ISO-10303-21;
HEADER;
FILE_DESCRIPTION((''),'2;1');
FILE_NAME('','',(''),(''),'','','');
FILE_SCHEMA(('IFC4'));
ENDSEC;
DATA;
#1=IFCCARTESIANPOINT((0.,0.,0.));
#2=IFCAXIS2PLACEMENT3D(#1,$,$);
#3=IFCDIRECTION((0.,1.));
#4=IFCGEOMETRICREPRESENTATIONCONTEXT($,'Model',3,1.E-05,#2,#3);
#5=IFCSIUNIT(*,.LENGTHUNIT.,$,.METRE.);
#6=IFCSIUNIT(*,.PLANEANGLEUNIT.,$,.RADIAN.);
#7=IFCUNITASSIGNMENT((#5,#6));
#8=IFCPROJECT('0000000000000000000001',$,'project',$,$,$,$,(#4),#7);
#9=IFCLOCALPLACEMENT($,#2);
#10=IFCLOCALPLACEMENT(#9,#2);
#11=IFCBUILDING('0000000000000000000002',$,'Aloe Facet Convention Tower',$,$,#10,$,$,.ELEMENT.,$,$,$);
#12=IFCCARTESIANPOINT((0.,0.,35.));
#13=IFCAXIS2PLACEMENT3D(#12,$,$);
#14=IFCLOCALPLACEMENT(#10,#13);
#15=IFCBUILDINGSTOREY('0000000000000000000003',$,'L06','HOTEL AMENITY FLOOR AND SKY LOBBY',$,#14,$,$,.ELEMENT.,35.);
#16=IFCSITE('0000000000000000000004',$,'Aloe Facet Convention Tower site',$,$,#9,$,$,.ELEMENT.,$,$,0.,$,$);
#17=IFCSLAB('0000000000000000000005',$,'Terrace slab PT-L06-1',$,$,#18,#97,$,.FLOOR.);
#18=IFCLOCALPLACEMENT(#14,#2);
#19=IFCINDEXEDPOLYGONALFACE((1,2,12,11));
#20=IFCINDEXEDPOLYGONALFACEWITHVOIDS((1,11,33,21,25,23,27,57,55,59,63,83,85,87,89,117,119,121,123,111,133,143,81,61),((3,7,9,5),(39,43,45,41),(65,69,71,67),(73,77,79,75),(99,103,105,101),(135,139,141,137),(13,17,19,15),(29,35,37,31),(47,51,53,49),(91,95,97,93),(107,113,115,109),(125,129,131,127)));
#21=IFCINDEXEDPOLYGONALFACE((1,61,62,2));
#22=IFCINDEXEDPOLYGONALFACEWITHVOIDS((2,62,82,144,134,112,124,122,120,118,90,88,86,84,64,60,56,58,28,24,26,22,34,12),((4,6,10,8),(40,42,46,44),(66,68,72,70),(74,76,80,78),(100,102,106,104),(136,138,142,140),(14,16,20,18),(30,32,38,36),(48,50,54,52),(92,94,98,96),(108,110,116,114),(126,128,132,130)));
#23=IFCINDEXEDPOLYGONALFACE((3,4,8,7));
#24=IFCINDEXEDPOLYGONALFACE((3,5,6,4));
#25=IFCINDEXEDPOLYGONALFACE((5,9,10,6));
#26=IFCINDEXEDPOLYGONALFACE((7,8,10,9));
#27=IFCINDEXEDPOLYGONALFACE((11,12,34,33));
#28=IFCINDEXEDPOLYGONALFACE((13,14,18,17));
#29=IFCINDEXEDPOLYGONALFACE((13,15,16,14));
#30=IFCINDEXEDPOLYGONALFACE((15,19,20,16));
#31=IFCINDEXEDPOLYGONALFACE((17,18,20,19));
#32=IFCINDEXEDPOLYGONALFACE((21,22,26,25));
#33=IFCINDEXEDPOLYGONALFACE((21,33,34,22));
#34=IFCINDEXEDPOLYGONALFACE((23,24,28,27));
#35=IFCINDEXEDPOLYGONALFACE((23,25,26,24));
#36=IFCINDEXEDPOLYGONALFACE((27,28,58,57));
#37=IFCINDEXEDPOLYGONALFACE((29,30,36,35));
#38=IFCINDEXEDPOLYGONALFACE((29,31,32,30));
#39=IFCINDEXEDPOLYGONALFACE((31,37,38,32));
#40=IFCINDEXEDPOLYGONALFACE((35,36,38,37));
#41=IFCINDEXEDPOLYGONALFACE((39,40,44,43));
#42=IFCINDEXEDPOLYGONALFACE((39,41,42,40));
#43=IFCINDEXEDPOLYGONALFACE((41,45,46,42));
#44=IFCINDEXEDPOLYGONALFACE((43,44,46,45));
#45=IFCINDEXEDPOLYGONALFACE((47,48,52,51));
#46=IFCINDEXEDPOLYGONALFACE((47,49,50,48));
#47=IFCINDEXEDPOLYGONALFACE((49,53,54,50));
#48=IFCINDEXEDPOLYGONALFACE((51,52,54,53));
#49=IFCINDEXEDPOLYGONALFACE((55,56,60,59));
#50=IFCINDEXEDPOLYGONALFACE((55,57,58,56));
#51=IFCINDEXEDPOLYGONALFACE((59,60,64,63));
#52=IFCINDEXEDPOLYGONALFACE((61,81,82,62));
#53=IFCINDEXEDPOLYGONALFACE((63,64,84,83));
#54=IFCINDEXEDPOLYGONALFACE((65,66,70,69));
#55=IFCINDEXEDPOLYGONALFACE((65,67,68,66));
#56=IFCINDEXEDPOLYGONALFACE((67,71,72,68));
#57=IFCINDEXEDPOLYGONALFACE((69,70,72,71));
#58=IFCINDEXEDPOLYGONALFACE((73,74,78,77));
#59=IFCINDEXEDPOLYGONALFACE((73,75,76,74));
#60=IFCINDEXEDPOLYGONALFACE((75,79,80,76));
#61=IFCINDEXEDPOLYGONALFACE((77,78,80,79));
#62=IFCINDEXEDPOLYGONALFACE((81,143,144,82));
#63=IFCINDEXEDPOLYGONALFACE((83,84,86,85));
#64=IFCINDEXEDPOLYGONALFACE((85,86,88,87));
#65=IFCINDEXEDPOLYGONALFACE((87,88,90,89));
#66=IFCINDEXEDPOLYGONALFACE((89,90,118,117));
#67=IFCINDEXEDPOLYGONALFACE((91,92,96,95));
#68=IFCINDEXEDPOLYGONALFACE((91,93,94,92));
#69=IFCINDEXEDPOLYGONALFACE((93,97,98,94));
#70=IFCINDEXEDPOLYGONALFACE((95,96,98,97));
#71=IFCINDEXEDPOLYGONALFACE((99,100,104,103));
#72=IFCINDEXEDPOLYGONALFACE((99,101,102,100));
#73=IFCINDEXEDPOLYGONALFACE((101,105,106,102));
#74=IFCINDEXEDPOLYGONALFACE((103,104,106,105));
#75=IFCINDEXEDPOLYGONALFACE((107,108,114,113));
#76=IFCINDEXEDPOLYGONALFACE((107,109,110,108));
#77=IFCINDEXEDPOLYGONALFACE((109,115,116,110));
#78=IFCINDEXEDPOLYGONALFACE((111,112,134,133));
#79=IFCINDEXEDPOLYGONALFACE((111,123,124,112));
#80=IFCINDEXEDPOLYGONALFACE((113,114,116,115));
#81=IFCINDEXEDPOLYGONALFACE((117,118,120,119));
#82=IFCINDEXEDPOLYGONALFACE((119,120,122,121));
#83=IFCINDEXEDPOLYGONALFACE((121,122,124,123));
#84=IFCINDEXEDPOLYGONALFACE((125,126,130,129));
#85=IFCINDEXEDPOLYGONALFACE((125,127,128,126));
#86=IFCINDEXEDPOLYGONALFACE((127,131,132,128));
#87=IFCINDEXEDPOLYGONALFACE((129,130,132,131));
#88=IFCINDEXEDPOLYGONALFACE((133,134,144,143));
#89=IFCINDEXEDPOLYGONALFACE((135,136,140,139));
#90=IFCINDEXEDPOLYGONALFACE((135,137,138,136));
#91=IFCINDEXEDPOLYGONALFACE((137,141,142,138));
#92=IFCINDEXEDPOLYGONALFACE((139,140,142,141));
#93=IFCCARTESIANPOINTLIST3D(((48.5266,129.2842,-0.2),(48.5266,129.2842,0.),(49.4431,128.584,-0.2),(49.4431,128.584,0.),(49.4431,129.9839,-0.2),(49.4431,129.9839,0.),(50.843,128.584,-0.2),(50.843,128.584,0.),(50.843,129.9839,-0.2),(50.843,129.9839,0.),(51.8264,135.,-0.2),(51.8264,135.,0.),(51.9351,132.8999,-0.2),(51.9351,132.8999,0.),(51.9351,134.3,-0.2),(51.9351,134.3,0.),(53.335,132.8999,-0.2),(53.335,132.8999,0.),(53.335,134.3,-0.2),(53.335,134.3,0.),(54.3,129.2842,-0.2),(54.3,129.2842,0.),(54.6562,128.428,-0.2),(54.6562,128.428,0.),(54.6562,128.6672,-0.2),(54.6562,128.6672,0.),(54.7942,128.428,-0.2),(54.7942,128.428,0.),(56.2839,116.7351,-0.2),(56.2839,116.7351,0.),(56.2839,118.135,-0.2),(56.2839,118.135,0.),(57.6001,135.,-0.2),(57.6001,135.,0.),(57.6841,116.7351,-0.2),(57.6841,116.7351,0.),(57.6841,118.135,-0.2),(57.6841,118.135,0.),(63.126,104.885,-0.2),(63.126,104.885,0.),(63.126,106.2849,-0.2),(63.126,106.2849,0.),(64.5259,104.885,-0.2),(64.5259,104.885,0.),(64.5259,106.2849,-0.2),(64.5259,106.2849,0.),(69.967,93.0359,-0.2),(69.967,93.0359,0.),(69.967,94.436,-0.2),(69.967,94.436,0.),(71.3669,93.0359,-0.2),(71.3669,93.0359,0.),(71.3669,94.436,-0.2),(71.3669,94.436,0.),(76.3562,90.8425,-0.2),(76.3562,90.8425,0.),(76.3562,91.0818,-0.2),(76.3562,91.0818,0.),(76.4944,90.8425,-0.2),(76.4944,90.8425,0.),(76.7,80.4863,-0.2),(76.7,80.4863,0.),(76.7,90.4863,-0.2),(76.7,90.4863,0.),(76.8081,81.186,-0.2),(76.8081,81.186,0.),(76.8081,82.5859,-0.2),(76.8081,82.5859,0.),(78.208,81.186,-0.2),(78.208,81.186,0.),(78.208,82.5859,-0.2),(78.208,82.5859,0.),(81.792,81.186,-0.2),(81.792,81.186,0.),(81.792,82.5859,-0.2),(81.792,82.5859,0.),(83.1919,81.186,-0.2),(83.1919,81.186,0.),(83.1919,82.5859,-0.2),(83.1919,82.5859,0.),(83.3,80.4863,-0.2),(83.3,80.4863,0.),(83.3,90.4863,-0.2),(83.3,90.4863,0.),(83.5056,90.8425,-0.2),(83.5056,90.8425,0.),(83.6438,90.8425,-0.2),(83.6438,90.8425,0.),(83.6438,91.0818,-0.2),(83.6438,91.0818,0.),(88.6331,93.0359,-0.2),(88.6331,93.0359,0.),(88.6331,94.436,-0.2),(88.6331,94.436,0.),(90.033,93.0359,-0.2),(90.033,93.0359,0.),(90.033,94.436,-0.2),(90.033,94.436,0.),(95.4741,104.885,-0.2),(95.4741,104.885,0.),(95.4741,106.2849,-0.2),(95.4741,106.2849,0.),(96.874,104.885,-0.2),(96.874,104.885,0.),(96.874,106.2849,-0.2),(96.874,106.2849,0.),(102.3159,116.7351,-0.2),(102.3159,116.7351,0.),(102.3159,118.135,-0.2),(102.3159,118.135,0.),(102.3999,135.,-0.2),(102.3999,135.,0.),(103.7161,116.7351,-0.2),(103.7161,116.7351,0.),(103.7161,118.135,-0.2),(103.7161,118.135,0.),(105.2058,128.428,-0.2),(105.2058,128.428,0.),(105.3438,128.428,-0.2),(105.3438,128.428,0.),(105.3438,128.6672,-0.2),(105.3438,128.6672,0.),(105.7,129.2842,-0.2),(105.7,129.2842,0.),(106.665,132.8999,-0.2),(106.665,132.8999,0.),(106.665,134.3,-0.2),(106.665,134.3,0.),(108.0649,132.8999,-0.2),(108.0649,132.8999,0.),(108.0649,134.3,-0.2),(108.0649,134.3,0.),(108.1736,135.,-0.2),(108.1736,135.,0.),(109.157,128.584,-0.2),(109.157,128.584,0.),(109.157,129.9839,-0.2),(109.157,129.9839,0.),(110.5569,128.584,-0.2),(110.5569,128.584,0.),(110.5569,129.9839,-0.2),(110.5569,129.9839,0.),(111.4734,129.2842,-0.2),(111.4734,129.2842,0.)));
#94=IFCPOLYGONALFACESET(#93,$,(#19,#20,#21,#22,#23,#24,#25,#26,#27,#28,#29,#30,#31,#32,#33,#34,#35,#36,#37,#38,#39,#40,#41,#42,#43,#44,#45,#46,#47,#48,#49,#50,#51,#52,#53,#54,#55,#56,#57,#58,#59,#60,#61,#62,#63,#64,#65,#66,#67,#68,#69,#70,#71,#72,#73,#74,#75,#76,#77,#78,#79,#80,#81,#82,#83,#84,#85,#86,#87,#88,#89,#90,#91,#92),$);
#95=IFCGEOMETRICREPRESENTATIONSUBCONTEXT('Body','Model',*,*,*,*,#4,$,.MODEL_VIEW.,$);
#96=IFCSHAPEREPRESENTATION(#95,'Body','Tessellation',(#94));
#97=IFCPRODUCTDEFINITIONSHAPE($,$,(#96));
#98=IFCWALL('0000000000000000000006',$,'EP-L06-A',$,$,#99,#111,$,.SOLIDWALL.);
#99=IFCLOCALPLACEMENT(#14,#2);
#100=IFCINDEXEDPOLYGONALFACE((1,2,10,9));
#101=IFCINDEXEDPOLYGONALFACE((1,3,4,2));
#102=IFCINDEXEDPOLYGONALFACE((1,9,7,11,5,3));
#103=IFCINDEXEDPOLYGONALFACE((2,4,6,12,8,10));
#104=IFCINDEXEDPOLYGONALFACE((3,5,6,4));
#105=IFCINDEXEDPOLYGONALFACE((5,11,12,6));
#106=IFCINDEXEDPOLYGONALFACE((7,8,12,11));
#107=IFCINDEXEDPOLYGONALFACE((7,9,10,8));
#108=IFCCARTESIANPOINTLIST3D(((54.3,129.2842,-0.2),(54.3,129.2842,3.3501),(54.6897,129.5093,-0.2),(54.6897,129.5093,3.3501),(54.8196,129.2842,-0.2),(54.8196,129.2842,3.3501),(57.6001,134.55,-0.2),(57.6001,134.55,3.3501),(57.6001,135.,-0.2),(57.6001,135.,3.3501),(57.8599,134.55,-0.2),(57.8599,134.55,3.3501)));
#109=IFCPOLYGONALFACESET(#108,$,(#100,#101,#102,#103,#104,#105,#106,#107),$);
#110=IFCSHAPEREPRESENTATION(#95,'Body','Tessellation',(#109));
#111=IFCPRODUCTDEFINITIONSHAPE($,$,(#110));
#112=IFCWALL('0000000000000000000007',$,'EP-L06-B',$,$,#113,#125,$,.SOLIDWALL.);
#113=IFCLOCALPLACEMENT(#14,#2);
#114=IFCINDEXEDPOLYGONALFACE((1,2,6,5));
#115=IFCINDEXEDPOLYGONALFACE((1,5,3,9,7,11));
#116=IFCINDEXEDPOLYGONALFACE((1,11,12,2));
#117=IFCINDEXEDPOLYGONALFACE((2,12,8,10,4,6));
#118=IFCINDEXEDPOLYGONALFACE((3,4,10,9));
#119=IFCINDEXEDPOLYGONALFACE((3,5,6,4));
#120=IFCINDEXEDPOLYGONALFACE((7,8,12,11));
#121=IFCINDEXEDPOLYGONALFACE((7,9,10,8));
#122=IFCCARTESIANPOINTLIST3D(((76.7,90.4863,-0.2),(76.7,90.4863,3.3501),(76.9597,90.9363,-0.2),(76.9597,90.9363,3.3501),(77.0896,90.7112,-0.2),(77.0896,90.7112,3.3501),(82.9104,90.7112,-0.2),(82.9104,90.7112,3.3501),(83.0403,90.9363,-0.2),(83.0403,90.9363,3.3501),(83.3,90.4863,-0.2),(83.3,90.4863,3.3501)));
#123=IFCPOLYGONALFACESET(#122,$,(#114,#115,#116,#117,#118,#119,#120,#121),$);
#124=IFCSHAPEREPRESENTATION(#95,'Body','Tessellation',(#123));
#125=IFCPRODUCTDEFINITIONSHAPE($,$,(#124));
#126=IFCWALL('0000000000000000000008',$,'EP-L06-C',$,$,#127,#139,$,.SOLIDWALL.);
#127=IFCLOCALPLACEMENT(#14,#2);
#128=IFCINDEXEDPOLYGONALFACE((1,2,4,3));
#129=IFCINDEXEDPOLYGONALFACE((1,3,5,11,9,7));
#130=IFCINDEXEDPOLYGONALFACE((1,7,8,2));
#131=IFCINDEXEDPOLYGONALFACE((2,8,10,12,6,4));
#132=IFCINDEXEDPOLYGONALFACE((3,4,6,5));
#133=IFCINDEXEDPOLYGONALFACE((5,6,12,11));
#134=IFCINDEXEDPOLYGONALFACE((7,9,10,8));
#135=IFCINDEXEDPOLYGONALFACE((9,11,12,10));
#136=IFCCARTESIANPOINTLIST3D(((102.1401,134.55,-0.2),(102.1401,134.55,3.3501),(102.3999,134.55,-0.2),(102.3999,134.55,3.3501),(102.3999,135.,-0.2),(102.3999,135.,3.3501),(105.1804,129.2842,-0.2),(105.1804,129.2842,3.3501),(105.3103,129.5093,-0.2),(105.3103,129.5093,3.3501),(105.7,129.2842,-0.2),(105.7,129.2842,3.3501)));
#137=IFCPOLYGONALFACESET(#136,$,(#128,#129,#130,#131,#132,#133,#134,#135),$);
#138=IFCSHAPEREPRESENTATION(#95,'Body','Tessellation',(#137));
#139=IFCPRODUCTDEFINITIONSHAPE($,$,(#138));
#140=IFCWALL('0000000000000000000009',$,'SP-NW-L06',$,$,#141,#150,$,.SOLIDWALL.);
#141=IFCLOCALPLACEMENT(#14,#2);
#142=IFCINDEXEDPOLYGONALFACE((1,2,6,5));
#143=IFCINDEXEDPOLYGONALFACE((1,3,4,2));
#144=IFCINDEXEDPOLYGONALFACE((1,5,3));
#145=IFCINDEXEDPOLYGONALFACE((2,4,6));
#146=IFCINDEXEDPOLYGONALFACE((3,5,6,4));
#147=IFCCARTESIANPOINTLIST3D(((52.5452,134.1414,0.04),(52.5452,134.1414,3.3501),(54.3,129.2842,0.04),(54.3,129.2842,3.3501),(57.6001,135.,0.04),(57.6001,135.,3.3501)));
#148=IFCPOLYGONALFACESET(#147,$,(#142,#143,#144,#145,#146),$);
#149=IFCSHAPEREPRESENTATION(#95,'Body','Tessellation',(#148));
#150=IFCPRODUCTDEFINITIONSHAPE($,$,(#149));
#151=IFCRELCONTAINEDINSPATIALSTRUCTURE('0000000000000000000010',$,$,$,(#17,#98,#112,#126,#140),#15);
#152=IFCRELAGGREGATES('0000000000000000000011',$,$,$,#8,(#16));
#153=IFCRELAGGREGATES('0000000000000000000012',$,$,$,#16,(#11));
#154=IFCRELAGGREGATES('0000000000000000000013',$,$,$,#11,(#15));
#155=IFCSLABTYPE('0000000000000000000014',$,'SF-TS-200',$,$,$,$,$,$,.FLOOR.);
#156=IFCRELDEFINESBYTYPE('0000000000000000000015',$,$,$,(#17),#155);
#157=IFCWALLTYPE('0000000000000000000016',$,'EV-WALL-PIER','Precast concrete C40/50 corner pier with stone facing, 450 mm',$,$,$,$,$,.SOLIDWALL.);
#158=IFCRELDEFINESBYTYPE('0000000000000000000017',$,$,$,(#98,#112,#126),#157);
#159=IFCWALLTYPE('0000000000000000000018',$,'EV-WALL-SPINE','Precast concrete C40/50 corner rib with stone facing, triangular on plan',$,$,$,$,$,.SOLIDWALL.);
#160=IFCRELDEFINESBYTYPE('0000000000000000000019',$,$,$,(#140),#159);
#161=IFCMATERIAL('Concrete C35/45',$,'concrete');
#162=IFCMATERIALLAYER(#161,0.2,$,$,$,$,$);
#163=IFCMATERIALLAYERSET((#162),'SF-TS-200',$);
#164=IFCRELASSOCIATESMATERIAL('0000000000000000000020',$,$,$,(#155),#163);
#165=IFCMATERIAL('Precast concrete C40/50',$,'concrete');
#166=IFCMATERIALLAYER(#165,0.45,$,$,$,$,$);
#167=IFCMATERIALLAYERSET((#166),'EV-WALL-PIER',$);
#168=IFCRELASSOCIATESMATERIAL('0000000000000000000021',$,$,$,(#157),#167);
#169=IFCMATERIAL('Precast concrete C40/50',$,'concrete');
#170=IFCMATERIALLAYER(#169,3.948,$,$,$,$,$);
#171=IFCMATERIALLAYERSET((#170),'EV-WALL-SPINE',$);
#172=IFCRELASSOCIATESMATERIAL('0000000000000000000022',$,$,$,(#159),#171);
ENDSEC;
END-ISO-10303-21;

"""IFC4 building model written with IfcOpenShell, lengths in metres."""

from ifc_helpers import new_model, si_unit, direction, frame, origin, place, context, subcontext, project, spatial, polyline, outline, extrude, material, layer, layer_set, type_object, element, save


model = new_model("IFC4")

# Units and contexts
model_context = context("Model", 3, precision=1e-05, world=origin(), true_north=direction((0.0, 1.0)))
body_context = subcontext(model_context, "Body", "Model", "MODEL_VIEW")
ifc_project = project(units=[si_unit("LENGTHUNIT", "METRE"), si_unit("PLANEANGLEUNIT", "RADIAN")], contexts=[model_context])

# Site, building, storey
site_placement = place(None, origin())
site = spatial("IfcSite", under=ifc_project, at=site_placement, Name="Aloe Facet Convention Tower site", CompositionType="ELEMENT", RefElevation=0.0)
building_placement = place(site_placement, origin())
building = spatial("IfcBuilding", under=site, at=building_placement, Name="Aloe Facet Convention Tower", CompositionType="ELEMENT")
storey_placement = place(building_placement, frame((0.0, 0.0, 35.0)))
storey = spatial("IfcBuildingStorey", under=building, at=storey_placement, Name="L06", Description="HOTEL AMENITY FLOOR AND SKY LOBBY", CompositionType="ELEMENT", Elevation=35.0)

# Slab
ifc_material_1 = material(Name="Concrete C35/45", Category="concrete")
ifc_layer_1 = layer(ifc_material_1, 0.2)
ifc_layer_set_1 = layer_set([ifc_layer_1], Name="SF-TS-200")
slab_type_1 = type_object("IfcSlabType", Name="SF-TS-200", PredefinedType="FLOOR", material=ifc_layer_set_1)
slab_1_placement = place(storey_placement, frame((0.0, 0.0, -0.2)))
element("IfcSlab", 1, at=slab_1_placement, inside=storey, type_object=slab_type_1, Name="Terrace slab PT-L06-1", PredefinedType="FLOOR", context=body_context, shape_type="SweptSolid", body=[
    extrude(outline(polyline([(111.4734, 129.2842), (83.3, 80.4863), (76.7, 80.4863), (48.5266, 129.2842), (51.8264, 135.0), (57.6001, 135.0), (54.3, 129.2842), (54.6562, 128.6672), (54.6562, 128.428), (54.7942, 128.428), (76.3562, 91.0818), (76.3562, 90.8425), (76.4944, 90.8425), (76.7, 90.4863), (83.3, 90.4863), (83.5056, 90.8425), (83.6438, 90.8425), (83.6438, 91.0818), (105.2058, 128.428), (105.3438, 128.428), (105.3438, 128.6672), (105.7, 129.2842), (102.3999, 135.0), (108.1736, 135.0), (111.4734, 129.2842)]), holes=[polyline([(78.208, 82.5859), (76.8081, 82.5859), (76.8081, 81.186), (78.208, 81.186), (78.208, 82.5859)]), polyline([(71.3669, 94.436), (69.967, 94.436), (69.967, 93.0359), (71.3669, 93.0359), (71.3669, 94.436)]), polyline([(64.5259, 104.885), (64.5259, 106.2849), (63.126, 106.2849), (63.126, 104.885), (64.5259, 104.885)]), polyline([(57.6841, 116.7351), (57.6841, 118.135), (56.2839, 118.135), (56.2839, 116.7351), (57.6841, 116.7351)]), polyline([(50.843, 128.584), (50.843, 129.9839), (49.4431, 129.9839), (49.4431, 128.584), (50.843, 128.584)]), polyline([(53.335, 132.8999), (53.335, 134.3), (51.9351, 134.3), (51.9351, 132.8999), (53.335, 132.8999)]), polyline([(83.1919, 81.186), (83.1919, 82.5859), (81.792, 82.5859), (81.792, 81.186), (83.1919, 81.186)]), polyline([(90.033, 94.436), (88.6331, 94.436), (88.6331, 93.0359), (90.033, 93.0359), (90.033, 94.436)]), polyline([(96.874, 104.885), (96.874, 106.2849), (95.4741, 106.2849), (95.4741, 104.885), (96.874, 104.885)]), polyline([(103.7161, 116.7351), (103.7161, 118.135), (102.3159, 118.135), (102.3159, 116.7351), (103.7161, 116.7351)]), polyline([(110.5569, 129.9839), (109.157, 129.9839), (109.157, 128.584), (110.5569, 128.584), (110.5569, 129.9839)]), polyline([(108.0649, 132.8999), (108.0649, 134.3), (106.665, 134.3), (106.665, 132.8999), (108.0649, 132.8999)])]), origin(), (0.0, 0.0, 1.0), 0.2),
])

# Walls
ifc_material_2 = material(Name="Precast concrete C40/50", Category="concrete")
ifc_layer_2 = layer(ifc_material_2, 0.45)
ifc_layer_set_2 = layer_set([ifc_layer_2], Name="EV-WALL-PIER")
wall_type_1 = type_object("IfcWallType", Name="EV-WALL-PIER", Description="Precast concrete C40/50 corner pier with stone facing, 450 mm", PredefinedType="SOLIDWALL", material=ifc_layer_set_2)
wall_1_placement = place(storey_placement, frame((0.0, 0.0, -0.2)))
element("IfcWall", 2, at=wall_1_placement, inside=storey, type_object=wall_type_1, Name="EP-L06-A", PredefinedType="SOLIDWALL", context=body_context, shape_type="SweptSolid", body=[
    extrude(outline(polyline([(57.6001, 135.0), (57.6001, 134.55), (57.8599, 134.55), (54.8196, 129.2842), (54.6897, 129.5093), (54.3, 129.2842), (57.6001, 135.0)])), origin(), (0.0, 0.0, 1.0), 3.55),
])
wall_2_placement = place(storey_placement, frame((0.0, 0.0, -0.2)))
element("IfcWall", 3, at=wall_2_placement, inside=storey, type_object=wall_type_1, Name="EP-L06-B", PredefinedType="SOLIDWALL", context=body_context, shape_type="SweptSolid", body=[
    extrude(outline(polyline([(76.7, 90.4863), (77.0896, 90.7112), (76.9597, 90.9363), (83.0403, 90.9363), (82.9104, 90.7112), (83.3, 90.4863), (76.7, 90.4863)])), origin(), (0.0, 0.0, 1.0), 3.55),
])
wall_3_placement = place(storey_placement, frame((0.0, 0.0, -0.2)))
element("IfcWall", 4, at=wall_3_placement, inside=storey, type_object=wall_type_1, Name="EP-L06-C", PredefinedType="SOLIDWALL", context=body_context, shape_type="SweptSolid", body=[
    extrude(outline(polyline([(105.7, 129.2842), (105.3103, 129.5093), (105.1804, 129.2842), (102.1401, 134.55), (102.3999, 134.55), (102.3999, 135.0), (105.7, 129.2842)])), origin(), (0.0, 0.0, 1.0), 3.55),
])
ifc_material_3 = material(Name="Precast concrete C40/50", Category="concrete")
ifc_layer_3 = layer(ifc_material_3, 3.948)
ifc_layer_set_3 = layer_set([ifc_layer_3], Name="EV-WALL-SPINE")
wall_type_2 = type_object("IfcWallType", Name="EV-WALL-SPINE", Description="Precast concrete C40/50 corner rib with stone facing, triangular on plan", PredefinedType="SOLIDWALL", material=ifc_layer_set_3)
wall_4_placement = place(storey_placement, frame((0.0, 0.0, 0.04)))
element("IfcWall", 5, at=wall_4_placement, inside=storey, type_object=wall_type_2, Name="SP-NW-L06", PredefinedType="SOLIDWALL", context=body_context, shape_type="SweptSolid", body=[
    extrude(outline(polyline([(57.6001, 135.0), (52.5452, 134.1414), (54.3, 129.2842), (57.6001, 135.0)])), origin(), (0.0, 0.0, 1.0), 3.3101),
])

save(model, "model.ifc")
